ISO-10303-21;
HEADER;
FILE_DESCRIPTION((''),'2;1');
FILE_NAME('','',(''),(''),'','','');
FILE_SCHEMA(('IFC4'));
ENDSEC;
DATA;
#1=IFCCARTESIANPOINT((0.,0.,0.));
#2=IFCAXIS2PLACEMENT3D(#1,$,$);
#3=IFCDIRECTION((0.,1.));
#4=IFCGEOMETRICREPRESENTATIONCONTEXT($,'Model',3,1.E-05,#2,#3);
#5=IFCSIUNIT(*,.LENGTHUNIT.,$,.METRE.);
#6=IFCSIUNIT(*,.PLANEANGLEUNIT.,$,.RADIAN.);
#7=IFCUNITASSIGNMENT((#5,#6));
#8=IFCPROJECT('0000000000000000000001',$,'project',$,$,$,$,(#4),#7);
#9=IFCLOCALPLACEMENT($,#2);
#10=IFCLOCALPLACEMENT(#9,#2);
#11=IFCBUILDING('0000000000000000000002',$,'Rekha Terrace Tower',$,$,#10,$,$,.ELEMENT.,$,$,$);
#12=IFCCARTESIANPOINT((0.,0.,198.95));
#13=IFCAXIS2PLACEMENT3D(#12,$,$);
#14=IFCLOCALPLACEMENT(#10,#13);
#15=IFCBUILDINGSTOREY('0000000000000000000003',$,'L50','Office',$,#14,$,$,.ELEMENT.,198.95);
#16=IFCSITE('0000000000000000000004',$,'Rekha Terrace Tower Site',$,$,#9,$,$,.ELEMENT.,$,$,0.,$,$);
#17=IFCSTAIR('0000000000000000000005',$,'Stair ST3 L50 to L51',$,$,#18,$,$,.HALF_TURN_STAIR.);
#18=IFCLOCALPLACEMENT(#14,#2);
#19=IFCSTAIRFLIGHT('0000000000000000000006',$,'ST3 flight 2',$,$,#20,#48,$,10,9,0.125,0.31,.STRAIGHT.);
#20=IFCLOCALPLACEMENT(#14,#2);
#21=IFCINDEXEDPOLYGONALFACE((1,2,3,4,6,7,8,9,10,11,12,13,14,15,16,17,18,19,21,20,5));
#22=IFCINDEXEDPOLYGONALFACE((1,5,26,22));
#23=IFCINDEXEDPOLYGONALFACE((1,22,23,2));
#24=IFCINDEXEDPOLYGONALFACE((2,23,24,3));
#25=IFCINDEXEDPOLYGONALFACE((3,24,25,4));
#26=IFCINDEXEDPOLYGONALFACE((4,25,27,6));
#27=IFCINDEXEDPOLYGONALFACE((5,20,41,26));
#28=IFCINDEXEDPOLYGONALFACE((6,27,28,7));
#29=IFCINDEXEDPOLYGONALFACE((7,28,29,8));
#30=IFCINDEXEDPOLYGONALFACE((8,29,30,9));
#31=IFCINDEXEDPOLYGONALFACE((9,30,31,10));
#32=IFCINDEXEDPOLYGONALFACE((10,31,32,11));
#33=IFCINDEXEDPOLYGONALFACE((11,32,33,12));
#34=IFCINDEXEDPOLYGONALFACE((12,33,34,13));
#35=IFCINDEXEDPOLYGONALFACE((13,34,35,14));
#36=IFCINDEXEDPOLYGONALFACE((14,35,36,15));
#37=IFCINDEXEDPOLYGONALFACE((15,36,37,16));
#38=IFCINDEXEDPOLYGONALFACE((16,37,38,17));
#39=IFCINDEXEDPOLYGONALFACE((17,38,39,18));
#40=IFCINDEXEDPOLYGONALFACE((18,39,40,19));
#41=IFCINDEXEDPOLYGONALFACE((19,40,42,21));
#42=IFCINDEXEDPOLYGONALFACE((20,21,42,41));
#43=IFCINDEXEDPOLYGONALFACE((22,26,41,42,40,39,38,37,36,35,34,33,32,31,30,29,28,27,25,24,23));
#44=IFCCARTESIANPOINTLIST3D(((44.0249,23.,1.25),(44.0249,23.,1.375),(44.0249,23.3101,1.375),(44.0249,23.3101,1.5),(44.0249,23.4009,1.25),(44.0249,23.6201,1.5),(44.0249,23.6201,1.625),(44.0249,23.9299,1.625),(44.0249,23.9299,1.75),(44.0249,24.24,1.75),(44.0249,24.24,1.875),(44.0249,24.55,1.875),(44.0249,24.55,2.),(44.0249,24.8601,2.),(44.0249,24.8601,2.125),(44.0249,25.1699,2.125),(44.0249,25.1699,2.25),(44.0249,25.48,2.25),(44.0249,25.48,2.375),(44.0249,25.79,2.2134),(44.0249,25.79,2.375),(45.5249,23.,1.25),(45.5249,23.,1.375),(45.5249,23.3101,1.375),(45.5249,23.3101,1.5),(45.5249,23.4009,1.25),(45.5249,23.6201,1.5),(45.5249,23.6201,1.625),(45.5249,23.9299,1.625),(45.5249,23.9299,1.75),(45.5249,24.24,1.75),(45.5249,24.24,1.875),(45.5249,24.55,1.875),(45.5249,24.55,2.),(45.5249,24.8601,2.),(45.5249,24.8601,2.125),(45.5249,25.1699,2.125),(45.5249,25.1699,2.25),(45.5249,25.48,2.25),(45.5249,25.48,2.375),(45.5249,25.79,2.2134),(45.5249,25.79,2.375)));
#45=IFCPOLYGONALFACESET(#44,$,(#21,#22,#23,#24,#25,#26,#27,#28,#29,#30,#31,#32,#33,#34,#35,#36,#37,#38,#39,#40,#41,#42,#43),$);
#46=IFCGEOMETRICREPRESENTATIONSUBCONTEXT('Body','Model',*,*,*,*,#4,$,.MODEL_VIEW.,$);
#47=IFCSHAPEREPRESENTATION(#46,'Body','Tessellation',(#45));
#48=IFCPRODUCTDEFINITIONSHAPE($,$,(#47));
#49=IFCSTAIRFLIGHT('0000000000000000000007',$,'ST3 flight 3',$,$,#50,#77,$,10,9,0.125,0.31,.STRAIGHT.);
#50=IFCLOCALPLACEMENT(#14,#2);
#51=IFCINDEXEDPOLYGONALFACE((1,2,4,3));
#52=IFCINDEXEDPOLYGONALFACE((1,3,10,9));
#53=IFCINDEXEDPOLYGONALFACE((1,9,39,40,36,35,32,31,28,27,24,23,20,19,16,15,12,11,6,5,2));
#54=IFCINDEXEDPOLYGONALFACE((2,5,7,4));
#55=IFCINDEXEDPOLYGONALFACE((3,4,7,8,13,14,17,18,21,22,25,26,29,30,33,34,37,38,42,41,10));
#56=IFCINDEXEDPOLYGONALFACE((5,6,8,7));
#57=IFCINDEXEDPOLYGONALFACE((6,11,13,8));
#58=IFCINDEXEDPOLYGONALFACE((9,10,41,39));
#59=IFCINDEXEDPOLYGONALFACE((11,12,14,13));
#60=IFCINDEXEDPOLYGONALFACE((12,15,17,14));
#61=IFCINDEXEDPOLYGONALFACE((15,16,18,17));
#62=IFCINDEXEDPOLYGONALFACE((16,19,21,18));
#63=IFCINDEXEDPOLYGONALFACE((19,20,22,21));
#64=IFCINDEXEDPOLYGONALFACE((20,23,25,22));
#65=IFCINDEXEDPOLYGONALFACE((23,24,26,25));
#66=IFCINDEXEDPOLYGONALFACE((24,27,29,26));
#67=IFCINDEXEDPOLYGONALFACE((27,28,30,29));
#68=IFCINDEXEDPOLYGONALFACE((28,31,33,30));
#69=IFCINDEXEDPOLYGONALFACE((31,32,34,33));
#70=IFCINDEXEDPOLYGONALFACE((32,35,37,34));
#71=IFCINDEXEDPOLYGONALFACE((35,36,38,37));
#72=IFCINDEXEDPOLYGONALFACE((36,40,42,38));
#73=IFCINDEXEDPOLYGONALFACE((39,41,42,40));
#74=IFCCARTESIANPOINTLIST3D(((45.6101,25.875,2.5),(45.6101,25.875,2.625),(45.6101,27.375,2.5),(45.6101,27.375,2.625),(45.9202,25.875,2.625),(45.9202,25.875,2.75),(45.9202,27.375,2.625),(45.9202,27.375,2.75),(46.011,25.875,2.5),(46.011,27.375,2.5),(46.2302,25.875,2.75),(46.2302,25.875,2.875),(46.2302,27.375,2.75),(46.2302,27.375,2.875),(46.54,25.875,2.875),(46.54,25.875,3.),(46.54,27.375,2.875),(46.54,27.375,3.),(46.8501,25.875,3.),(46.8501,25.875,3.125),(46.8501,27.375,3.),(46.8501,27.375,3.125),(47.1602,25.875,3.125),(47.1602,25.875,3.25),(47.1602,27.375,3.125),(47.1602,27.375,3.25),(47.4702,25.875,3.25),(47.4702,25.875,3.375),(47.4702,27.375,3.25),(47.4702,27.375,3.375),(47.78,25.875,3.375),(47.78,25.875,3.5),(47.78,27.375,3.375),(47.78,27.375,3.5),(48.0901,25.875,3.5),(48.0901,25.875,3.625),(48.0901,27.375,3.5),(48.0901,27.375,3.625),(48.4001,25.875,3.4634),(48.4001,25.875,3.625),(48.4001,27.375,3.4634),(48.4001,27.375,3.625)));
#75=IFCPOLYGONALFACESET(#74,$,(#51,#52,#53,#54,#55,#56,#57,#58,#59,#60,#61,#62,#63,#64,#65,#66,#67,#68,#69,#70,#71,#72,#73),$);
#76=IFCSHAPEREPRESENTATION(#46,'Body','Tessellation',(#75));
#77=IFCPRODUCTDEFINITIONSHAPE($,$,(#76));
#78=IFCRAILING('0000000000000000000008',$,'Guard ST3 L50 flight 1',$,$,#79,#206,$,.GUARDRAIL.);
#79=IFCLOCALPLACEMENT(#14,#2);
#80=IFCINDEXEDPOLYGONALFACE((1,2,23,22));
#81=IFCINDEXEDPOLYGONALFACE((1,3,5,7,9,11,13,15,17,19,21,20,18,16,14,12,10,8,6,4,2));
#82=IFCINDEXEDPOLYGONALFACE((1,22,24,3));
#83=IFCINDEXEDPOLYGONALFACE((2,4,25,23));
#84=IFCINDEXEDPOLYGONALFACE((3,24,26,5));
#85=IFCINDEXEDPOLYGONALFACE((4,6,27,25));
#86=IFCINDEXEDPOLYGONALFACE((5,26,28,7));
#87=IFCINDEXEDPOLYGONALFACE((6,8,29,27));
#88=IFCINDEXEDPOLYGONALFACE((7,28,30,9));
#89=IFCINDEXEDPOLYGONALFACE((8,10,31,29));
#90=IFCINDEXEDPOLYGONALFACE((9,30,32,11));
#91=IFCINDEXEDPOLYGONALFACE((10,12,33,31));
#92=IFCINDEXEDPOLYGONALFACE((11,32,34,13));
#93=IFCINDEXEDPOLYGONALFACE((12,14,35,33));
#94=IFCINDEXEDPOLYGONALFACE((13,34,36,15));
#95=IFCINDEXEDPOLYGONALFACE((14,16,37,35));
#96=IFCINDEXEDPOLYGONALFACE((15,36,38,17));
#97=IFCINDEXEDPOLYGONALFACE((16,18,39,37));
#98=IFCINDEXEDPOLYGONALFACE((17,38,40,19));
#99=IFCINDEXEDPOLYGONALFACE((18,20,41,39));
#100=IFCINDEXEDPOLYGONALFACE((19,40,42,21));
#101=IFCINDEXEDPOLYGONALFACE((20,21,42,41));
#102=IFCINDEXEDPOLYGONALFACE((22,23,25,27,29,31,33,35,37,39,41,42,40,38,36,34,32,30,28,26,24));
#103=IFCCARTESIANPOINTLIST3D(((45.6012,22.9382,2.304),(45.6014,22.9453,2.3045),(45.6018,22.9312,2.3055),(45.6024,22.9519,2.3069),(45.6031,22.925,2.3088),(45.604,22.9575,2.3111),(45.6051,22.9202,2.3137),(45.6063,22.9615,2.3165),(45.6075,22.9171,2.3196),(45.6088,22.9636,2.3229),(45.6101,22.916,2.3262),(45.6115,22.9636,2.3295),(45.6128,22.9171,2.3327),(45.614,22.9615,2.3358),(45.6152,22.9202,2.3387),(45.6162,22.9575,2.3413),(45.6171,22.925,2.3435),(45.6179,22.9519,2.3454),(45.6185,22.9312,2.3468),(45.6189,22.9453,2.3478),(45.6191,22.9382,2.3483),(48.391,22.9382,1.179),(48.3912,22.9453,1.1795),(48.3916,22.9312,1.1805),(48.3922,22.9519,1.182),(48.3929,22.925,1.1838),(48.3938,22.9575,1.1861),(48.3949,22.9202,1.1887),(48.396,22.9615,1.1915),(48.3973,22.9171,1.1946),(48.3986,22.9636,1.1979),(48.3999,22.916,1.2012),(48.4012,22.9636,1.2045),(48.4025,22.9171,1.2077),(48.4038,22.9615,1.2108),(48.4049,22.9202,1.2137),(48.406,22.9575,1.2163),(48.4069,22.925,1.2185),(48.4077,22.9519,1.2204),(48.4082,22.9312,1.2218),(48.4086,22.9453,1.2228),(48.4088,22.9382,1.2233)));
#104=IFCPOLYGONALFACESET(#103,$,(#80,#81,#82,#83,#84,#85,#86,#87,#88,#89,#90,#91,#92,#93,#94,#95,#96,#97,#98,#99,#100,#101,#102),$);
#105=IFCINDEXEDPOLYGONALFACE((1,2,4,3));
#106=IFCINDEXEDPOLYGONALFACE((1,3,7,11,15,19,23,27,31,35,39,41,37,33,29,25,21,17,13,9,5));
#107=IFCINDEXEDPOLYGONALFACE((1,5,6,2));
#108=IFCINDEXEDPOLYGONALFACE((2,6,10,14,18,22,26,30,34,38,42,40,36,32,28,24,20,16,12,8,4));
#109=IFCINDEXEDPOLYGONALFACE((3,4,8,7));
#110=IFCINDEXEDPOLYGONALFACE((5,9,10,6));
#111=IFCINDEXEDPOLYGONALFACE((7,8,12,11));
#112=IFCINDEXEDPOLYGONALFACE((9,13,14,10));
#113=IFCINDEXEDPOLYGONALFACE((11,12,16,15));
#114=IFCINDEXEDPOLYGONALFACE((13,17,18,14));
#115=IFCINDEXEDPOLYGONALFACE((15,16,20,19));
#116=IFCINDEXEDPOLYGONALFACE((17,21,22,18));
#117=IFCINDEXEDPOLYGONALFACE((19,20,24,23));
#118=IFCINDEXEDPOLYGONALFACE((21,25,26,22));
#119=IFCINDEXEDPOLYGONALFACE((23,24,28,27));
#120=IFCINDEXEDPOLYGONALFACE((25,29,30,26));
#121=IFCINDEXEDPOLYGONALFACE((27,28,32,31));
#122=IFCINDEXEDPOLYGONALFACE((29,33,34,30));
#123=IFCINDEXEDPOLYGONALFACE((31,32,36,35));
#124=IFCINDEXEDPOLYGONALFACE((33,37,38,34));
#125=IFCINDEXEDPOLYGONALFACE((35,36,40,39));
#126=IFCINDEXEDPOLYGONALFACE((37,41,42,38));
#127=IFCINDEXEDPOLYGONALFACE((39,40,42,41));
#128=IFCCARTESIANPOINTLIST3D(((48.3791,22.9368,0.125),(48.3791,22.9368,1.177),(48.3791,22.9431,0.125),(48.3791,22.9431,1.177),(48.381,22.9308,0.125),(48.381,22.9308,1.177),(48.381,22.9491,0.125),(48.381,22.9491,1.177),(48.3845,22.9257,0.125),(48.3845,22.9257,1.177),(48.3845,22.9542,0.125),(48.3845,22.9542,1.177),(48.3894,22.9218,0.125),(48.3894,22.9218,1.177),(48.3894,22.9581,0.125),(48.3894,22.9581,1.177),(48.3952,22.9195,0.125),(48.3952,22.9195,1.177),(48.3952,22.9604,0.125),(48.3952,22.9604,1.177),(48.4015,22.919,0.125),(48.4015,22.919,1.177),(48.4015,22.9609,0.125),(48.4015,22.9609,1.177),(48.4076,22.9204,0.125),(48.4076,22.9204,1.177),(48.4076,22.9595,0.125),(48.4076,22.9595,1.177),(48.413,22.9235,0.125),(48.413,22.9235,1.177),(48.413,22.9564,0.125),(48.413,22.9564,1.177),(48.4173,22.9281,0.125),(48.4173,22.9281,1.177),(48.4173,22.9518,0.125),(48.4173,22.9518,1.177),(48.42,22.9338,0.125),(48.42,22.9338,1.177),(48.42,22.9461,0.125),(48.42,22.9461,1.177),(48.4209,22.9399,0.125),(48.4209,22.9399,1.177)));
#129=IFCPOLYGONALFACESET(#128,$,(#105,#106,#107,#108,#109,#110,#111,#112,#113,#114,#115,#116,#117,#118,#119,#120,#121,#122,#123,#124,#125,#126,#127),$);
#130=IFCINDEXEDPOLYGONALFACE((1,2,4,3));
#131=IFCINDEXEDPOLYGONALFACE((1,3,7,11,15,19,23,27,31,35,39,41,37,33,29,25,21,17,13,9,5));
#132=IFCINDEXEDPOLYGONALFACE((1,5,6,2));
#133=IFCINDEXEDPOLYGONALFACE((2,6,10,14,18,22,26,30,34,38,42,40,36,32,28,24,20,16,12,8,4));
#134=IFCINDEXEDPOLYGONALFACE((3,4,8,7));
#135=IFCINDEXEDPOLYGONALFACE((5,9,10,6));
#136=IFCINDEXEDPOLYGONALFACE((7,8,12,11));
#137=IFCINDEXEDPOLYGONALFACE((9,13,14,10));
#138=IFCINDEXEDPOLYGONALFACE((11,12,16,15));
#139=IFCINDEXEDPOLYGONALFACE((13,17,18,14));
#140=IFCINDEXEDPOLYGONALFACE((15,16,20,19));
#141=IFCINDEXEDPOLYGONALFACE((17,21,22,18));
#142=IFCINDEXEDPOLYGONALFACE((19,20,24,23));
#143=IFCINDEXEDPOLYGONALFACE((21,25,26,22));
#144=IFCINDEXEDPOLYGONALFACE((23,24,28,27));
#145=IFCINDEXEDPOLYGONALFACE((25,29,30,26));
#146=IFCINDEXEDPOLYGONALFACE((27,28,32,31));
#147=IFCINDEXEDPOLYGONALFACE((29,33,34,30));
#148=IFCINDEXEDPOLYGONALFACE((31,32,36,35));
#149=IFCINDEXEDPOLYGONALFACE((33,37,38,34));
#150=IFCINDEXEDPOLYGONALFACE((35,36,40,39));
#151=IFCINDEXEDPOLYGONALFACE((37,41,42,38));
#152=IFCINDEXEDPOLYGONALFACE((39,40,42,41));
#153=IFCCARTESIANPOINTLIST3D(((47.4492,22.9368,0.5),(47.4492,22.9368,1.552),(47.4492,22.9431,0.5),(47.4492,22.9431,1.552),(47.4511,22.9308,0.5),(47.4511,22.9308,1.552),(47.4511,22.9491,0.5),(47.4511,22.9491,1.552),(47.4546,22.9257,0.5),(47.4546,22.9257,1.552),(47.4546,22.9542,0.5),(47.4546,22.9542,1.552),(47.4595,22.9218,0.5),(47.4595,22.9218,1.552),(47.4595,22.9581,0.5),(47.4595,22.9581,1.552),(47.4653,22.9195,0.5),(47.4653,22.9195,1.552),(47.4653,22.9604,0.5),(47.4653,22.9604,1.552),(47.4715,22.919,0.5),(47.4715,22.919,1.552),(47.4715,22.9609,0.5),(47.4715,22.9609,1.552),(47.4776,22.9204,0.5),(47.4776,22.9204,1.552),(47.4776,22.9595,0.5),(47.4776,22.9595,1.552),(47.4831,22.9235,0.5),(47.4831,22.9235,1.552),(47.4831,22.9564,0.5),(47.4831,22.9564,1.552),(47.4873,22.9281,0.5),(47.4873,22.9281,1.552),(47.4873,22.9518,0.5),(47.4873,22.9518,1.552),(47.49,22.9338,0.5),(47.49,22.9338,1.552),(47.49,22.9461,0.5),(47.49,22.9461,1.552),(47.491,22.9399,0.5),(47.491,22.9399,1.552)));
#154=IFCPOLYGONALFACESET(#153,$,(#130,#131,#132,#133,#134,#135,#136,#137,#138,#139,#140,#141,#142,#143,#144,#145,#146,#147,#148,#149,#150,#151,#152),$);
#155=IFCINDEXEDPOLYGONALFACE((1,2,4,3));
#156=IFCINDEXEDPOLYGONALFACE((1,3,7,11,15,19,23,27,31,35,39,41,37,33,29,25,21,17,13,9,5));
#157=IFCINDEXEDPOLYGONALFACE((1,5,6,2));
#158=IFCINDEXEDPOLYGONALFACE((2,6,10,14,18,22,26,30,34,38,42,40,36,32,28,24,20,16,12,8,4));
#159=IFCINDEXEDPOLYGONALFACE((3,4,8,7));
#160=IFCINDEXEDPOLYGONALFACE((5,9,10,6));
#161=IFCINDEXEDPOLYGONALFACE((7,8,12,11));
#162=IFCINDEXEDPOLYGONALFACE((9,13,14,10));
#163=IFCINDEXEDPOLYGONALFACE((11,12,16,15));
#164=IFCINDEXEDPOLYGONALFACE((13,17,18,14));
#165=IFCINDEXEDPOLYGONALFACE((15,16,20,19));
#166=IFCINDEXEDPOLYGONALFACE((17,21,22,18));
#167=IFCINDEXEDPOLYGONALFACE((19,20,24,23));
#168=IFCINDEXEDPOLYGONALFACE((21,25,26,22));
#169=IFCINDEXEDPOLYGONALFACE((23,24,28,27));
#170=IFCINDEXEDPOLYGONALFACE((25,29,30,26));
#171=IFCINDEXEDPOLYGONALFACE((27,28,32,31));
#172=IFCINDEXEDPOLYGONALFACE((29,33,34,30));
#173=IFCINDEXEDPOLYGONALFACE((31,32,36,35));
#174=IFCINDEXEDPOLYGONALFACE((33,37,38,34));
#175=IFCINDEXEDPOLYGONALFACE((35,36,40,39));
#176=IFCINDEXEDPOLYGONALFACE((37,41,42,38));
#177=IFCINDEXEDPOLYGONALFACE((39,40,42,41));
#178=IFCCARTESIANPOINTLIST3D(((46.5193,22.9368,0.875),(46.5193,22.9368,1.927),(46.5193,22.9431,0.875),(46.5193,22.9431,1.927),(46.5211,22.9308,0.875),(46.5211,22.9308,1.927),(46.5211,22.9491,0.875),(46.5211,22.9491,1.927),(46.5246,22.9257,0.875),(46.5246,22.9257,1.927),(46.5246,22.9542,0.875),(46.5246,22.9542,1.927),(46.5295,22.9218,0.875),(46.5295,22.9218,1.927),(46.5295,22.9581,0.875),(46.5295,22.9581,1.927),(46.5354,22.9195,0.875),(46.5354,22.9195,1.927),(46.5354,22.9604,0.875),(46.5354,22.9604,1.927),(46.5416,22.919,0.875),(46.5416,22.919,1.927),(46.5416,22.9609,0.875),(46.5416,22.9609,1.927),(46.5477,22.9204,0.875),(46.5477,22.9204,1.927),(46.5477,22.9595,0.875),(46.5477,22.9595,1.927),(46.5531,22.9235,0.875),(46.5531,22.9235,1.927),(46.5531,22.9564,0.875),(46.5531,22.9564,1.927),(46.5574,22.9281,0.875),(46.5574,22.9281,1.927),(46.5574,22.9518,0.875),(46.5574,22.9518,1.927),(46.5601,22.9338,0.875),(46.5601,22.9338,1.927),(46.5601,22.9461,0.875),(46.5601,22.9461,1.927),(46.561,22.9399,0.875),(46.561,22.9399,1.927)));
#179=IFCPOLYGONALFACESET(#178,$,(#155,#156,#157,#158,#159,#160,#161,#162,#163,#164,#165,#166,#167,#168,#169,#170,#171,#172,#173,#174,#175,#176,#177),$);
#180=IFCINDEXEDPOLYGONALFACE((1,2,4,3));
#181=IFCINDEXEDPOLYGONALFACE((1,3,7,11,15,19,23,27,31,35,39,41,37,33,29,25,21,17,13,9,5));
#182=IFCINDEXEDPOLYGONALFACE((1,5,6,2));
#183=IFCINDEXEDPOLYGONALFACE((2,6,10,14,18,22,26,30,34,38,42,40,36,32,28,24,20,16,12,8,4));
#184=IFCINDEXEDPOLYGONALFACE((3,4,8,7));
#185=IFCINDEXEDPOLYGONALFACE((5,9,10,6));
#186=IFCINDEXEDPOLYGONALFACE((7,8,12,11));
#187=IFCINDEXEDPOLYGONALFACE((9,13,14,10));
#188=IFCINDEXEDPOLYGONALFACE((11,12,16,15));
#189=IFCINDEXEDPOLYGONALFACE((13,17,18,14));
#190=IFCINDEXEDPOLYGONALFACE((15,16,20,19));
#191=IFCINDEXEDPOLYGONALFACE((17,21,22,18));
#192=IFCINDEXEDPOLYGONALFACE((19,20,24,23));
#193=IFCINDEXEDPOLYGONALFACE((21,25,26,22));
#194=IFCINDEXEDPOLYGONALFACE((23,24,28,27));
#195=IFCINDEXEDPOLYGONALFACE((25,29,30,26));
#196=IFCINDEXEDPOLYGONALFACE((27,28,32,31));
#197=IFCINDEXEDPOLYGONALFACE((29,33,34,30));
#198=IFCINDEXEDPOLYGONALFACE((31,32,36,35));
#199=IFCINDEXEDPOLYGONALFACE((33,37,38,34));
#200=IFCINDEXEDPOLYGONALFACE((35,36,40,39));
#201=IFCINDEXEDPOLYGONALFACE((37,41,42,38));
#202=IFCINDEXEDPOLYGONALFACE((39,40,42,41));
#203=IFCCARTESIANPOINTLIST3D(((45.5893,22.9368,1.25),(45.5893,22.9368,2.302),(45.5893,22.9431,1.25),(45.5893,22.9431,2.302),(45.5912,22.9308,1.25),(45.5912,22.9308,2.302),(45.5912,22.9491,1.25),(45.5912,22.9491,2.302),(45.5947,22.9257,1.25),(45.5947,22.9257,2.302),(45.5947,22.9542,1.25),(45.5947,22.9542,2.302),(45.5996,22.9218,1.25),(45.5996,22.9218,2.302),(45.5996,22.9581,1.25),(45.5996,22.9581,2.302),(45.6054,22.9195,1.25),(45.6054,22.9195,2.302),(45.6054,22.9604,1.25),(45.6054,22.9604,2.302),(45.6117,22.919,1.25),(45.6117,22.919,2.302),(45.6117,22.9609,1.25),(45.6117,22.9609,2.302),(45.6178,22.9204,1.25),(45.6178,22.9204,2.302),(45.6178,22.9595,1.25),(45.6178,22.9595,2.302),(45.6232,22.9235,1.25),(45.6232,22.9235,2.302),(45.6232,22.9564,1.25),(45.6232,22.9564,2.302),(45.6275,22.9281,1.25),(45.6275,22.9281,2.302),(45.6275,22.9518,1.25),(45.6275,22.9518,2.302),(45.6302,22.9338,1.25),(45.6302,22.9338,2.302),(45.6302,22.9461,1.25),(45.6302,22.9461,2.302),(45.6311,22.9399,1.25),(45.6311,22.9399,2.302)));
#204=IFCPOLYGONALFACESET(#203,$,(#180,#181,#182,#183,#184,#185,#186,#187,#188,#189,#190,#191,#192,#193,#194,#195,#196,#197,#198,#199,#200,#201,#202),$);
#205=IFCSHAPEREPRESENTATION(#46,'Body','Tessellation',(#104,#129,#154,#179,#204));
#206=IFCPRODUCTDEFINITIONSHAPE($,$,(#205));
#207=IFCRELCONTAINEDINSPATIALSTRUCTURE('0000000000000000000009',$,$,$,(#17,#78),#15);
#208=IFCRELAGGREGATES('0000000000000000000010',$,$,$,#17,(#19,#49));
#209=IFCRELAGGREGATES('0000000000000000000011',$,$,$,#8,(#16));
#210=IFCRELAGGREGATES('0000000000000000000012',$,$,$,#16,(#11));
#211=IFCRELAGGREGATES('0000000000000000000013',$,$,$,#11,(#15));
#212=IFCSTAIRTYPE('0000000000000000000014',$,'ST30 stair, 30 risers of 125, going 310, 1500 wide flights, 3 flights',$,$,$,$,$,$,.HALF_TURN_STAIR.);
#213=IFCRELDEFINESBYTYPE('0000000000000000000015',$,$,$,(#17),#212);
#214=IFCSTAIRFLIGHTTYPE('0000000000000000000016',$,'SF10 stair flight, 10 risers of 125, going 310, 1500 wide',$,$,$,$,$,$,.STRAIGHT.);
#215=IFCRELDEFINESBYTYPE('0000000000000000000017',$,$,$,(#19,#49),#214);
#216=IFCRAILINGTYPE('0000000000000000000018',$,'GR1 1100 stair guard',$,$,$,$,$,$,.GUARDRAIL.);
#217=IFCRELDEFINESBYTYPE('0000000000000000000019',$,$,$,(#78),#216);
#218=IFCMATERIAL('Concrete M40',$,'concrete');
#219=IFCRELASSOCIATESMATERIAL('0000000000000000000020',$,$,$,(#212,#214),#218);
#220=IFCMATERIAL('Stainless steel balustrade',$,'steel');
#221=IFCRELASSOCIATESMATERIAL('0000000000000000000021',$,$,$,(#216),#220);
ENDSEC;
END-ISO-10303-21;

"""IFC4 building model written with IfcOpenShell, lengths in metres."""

from ifc_helpers import new_model, si_unit, direction, frame, origin, origin_2d, place, context, subcontext, project, spatial, polyline, circle, outline, extrude, material, type_object, element, aggregate, save


model = new_model("IFC4")

# Units and contexts
model_context = context("Model", 3, precision=1e-05, world=origin(), true_north=direction((0.0, 1.0)))
body_context = subcontext(model_context, "Body", "Model", "MODEL_VIEW")
ifc_project = project(units=[si_unit("LENGTHUNIT", "METRE"), si_unit("PLANEANGLEUNIT", "RADIAN")], contexts=[model_context])

# Site, building, storey
site_placement = place(None, origin())
site = spatial("IfcSite", under=ifc_project, at=site_placement, Name="Rekha Terrace Tower Site", CompositionType="ELEMENT", RefElevation=0.0)
building_placement = place(site_placement, origin())
building = spatial("IfcBuilding", under=site, at=building_placement, Name="Rekha Terrace Tower", CompositionType="ELEMENT")
storey_placement = place(building_placement, frame((0.0, 0.0, 198.95)))
storey = spatial("IfcBuildingStorey", under=building, at=storey_placement, Name="L50", Description="Office", CompositionType="ELEMENT", Elevation=198.95)

# Stair, stair flights
ifc_material_1 = material(Name="Concrete M40", Category="concrete")
stair_type = type_object("IfcStairType", Name="ST30 stair, 30 risers of 125, going 310, 1500 wide flights, 3 flights", PredefinedType="HALF_TURN_STAIR", material=ifc_material_1)
stair_placement = place(storey_placement, origin())
stair = element("IfcStair", 1, at=stair_placement, inside=storey, type_object=stair_type, Name="Stair ST3 L50 to L51", PredefinedType="HALF_TURN_STAIR")
stair_flight_type = type_object("IfcStairFlightType", Name="SF10 stair flight, 10 risers of 125, going 310, 1500 wide", PredefinedType="STRAIGHT", material=ifc_material_1)
stair_flight_1_placement = place(storey_placement, frame((44.7749, 23.0, 1.25), z_axis=(0.0, 0.0, 1.0), x_axis=(0.0, 1.0, 0.0)))
stair_flight_1 = element("IfcStairFlight", 2, at=stair_flight_1_placement, type_object=stair_flight_type, Name="ST3 flight 2", NumberOfRisers=10, NumberOfTreads=9, PredefinedType="STRAIGHT", RiserHeight=0.125, TreadLength=0.31, context=body_context, shape_type="SweptSolid", body=[
    extrude(outline(polyline([(0.0, 0.0), (0.0, 0.125), (0.3101, 0.125), (0.3101, 0.25), (0.6201, 0.25), (0.6201, 0.375), (0.9299, 0.375), (0.9299, 0.5), (1.24, 0.5), (1.24, 0.625), (1.55, 0.625), (1.55, 0.75), (1.8601, 0.75), (1.8601, 0.875), (2.1699, 0.875), (2.1699, 1.0), (2.48, 1.0), (2.48, 1.125), (2.79, 1.125), (2.79, 1.25), (2.79, 0.9634), (0.4009, 0.0), (0.0, 0.0)])), frame((0.0, 0.75, 0.0), z_axis=(0.0, -1.0, 0.0), x_axis=(1.0, 0.0, 0.0)), (0.0, 0.0, 1.0), 1.5),
])
stair_flight_2_placement = place(storey_placement, frame((45.6101, 26.625, 2.5), z_axis=(0.0, 0.0, 1.0), x_axis=(1.0, 0.0, 0.0)))
stair_flight_2 = element("IfcStairFlight", 3, at=stair_flight_2_placement, type_object=stair_flight_type, Name="ST3 flight 3", NumberOfRisers=10, NumberOfTreads=9, PredefinedType="STRAIGHT", RiserHeight=0.125, TreadLength=0.31, context=body_context, shape_type="SweptSolid", body=[
    extrude(outline(polyline([(0.0, 0.0), (0.0, 0.125), (0.3101, 0.125), (0.3101, 0.25), (0.6201, 0.25), (0.6201, 0.375), (0.9299, 0.375), (0.9299, 0.5), (1.24, 0.5), (1.24, 0.625), (1.55, 0.625), (1.55, 0.75), (1.8601, 0.75), (1.8601, 0.875), (2.1699, 0.875), (2.1699, 1.0), (2.48, 1.0), (2.48, 1.125), (2.79, 1.125), (2.79, 1.25), (2.79, 0.9634), (0.4009, 0.0), (0.0, 0.0)])), frame((0.0, 0.75, 0.0), z_axis=(0.0, -1.0, 0.0), x_axis=(1.0, 0.0, 0.0)), (0.0, 0.0, 1.0), 1.5),
])
aggregate(stair, [stair_flight_1, stair_flight_2])

# Railing
ifc_material_2 = material(Name="Stainless steel balustrade", Category="steel")
railing_type_1 = type_object("IfcRailingType", Name="GR1 1100 stair guard", PredefinedType="GUARDRAIL", material=ifc_material_2)
railing_1_placement = place(storey_placement, frame((48.3999, 22.9399, 0.125)))
element("IfcRailing", 4, at=railing_1_placement, inside=storey, type_object=railing_type_1, Name="Guard ST3 L50 flight 1", PredefinedType="GUARDRAIL", context=body_context, shape_type="SweptSolid", body=[
    extrude(circle(Radius=0.0239, at=origin_2d()), frame((0.0, 0.0, 1.0762), z_axis=(-0.927432, 0.0, 0.373992), x_axis=(0.0, -1.0, 0.0)), (0.0, 0.0, 1.0), 3.0081),
    extrude(circle(Radius=0.021, at=origin_2d()), origin(), (0.0, 0.0, 1.0), 1.052),
    extrude(circle(Radius=0.021, at=origin_2d()), frame((-0.9299, 0.0, 0.375)), (0.0, 0.0, 1.0), 1.052),
    extrude(circle(Radius=0.021, at=origin_2d()), frame((-1.8599, 0.0, 0.75)), (0.0, 0.0, 1.0), 1.052),
    extrude(circle(Radius=0.021, at=origin_2d()), frame((-2.7898, 0.0, 1.125)), (0.0, 0.0, 1.0), 1.052),
])

save(model, "model.ifc")
